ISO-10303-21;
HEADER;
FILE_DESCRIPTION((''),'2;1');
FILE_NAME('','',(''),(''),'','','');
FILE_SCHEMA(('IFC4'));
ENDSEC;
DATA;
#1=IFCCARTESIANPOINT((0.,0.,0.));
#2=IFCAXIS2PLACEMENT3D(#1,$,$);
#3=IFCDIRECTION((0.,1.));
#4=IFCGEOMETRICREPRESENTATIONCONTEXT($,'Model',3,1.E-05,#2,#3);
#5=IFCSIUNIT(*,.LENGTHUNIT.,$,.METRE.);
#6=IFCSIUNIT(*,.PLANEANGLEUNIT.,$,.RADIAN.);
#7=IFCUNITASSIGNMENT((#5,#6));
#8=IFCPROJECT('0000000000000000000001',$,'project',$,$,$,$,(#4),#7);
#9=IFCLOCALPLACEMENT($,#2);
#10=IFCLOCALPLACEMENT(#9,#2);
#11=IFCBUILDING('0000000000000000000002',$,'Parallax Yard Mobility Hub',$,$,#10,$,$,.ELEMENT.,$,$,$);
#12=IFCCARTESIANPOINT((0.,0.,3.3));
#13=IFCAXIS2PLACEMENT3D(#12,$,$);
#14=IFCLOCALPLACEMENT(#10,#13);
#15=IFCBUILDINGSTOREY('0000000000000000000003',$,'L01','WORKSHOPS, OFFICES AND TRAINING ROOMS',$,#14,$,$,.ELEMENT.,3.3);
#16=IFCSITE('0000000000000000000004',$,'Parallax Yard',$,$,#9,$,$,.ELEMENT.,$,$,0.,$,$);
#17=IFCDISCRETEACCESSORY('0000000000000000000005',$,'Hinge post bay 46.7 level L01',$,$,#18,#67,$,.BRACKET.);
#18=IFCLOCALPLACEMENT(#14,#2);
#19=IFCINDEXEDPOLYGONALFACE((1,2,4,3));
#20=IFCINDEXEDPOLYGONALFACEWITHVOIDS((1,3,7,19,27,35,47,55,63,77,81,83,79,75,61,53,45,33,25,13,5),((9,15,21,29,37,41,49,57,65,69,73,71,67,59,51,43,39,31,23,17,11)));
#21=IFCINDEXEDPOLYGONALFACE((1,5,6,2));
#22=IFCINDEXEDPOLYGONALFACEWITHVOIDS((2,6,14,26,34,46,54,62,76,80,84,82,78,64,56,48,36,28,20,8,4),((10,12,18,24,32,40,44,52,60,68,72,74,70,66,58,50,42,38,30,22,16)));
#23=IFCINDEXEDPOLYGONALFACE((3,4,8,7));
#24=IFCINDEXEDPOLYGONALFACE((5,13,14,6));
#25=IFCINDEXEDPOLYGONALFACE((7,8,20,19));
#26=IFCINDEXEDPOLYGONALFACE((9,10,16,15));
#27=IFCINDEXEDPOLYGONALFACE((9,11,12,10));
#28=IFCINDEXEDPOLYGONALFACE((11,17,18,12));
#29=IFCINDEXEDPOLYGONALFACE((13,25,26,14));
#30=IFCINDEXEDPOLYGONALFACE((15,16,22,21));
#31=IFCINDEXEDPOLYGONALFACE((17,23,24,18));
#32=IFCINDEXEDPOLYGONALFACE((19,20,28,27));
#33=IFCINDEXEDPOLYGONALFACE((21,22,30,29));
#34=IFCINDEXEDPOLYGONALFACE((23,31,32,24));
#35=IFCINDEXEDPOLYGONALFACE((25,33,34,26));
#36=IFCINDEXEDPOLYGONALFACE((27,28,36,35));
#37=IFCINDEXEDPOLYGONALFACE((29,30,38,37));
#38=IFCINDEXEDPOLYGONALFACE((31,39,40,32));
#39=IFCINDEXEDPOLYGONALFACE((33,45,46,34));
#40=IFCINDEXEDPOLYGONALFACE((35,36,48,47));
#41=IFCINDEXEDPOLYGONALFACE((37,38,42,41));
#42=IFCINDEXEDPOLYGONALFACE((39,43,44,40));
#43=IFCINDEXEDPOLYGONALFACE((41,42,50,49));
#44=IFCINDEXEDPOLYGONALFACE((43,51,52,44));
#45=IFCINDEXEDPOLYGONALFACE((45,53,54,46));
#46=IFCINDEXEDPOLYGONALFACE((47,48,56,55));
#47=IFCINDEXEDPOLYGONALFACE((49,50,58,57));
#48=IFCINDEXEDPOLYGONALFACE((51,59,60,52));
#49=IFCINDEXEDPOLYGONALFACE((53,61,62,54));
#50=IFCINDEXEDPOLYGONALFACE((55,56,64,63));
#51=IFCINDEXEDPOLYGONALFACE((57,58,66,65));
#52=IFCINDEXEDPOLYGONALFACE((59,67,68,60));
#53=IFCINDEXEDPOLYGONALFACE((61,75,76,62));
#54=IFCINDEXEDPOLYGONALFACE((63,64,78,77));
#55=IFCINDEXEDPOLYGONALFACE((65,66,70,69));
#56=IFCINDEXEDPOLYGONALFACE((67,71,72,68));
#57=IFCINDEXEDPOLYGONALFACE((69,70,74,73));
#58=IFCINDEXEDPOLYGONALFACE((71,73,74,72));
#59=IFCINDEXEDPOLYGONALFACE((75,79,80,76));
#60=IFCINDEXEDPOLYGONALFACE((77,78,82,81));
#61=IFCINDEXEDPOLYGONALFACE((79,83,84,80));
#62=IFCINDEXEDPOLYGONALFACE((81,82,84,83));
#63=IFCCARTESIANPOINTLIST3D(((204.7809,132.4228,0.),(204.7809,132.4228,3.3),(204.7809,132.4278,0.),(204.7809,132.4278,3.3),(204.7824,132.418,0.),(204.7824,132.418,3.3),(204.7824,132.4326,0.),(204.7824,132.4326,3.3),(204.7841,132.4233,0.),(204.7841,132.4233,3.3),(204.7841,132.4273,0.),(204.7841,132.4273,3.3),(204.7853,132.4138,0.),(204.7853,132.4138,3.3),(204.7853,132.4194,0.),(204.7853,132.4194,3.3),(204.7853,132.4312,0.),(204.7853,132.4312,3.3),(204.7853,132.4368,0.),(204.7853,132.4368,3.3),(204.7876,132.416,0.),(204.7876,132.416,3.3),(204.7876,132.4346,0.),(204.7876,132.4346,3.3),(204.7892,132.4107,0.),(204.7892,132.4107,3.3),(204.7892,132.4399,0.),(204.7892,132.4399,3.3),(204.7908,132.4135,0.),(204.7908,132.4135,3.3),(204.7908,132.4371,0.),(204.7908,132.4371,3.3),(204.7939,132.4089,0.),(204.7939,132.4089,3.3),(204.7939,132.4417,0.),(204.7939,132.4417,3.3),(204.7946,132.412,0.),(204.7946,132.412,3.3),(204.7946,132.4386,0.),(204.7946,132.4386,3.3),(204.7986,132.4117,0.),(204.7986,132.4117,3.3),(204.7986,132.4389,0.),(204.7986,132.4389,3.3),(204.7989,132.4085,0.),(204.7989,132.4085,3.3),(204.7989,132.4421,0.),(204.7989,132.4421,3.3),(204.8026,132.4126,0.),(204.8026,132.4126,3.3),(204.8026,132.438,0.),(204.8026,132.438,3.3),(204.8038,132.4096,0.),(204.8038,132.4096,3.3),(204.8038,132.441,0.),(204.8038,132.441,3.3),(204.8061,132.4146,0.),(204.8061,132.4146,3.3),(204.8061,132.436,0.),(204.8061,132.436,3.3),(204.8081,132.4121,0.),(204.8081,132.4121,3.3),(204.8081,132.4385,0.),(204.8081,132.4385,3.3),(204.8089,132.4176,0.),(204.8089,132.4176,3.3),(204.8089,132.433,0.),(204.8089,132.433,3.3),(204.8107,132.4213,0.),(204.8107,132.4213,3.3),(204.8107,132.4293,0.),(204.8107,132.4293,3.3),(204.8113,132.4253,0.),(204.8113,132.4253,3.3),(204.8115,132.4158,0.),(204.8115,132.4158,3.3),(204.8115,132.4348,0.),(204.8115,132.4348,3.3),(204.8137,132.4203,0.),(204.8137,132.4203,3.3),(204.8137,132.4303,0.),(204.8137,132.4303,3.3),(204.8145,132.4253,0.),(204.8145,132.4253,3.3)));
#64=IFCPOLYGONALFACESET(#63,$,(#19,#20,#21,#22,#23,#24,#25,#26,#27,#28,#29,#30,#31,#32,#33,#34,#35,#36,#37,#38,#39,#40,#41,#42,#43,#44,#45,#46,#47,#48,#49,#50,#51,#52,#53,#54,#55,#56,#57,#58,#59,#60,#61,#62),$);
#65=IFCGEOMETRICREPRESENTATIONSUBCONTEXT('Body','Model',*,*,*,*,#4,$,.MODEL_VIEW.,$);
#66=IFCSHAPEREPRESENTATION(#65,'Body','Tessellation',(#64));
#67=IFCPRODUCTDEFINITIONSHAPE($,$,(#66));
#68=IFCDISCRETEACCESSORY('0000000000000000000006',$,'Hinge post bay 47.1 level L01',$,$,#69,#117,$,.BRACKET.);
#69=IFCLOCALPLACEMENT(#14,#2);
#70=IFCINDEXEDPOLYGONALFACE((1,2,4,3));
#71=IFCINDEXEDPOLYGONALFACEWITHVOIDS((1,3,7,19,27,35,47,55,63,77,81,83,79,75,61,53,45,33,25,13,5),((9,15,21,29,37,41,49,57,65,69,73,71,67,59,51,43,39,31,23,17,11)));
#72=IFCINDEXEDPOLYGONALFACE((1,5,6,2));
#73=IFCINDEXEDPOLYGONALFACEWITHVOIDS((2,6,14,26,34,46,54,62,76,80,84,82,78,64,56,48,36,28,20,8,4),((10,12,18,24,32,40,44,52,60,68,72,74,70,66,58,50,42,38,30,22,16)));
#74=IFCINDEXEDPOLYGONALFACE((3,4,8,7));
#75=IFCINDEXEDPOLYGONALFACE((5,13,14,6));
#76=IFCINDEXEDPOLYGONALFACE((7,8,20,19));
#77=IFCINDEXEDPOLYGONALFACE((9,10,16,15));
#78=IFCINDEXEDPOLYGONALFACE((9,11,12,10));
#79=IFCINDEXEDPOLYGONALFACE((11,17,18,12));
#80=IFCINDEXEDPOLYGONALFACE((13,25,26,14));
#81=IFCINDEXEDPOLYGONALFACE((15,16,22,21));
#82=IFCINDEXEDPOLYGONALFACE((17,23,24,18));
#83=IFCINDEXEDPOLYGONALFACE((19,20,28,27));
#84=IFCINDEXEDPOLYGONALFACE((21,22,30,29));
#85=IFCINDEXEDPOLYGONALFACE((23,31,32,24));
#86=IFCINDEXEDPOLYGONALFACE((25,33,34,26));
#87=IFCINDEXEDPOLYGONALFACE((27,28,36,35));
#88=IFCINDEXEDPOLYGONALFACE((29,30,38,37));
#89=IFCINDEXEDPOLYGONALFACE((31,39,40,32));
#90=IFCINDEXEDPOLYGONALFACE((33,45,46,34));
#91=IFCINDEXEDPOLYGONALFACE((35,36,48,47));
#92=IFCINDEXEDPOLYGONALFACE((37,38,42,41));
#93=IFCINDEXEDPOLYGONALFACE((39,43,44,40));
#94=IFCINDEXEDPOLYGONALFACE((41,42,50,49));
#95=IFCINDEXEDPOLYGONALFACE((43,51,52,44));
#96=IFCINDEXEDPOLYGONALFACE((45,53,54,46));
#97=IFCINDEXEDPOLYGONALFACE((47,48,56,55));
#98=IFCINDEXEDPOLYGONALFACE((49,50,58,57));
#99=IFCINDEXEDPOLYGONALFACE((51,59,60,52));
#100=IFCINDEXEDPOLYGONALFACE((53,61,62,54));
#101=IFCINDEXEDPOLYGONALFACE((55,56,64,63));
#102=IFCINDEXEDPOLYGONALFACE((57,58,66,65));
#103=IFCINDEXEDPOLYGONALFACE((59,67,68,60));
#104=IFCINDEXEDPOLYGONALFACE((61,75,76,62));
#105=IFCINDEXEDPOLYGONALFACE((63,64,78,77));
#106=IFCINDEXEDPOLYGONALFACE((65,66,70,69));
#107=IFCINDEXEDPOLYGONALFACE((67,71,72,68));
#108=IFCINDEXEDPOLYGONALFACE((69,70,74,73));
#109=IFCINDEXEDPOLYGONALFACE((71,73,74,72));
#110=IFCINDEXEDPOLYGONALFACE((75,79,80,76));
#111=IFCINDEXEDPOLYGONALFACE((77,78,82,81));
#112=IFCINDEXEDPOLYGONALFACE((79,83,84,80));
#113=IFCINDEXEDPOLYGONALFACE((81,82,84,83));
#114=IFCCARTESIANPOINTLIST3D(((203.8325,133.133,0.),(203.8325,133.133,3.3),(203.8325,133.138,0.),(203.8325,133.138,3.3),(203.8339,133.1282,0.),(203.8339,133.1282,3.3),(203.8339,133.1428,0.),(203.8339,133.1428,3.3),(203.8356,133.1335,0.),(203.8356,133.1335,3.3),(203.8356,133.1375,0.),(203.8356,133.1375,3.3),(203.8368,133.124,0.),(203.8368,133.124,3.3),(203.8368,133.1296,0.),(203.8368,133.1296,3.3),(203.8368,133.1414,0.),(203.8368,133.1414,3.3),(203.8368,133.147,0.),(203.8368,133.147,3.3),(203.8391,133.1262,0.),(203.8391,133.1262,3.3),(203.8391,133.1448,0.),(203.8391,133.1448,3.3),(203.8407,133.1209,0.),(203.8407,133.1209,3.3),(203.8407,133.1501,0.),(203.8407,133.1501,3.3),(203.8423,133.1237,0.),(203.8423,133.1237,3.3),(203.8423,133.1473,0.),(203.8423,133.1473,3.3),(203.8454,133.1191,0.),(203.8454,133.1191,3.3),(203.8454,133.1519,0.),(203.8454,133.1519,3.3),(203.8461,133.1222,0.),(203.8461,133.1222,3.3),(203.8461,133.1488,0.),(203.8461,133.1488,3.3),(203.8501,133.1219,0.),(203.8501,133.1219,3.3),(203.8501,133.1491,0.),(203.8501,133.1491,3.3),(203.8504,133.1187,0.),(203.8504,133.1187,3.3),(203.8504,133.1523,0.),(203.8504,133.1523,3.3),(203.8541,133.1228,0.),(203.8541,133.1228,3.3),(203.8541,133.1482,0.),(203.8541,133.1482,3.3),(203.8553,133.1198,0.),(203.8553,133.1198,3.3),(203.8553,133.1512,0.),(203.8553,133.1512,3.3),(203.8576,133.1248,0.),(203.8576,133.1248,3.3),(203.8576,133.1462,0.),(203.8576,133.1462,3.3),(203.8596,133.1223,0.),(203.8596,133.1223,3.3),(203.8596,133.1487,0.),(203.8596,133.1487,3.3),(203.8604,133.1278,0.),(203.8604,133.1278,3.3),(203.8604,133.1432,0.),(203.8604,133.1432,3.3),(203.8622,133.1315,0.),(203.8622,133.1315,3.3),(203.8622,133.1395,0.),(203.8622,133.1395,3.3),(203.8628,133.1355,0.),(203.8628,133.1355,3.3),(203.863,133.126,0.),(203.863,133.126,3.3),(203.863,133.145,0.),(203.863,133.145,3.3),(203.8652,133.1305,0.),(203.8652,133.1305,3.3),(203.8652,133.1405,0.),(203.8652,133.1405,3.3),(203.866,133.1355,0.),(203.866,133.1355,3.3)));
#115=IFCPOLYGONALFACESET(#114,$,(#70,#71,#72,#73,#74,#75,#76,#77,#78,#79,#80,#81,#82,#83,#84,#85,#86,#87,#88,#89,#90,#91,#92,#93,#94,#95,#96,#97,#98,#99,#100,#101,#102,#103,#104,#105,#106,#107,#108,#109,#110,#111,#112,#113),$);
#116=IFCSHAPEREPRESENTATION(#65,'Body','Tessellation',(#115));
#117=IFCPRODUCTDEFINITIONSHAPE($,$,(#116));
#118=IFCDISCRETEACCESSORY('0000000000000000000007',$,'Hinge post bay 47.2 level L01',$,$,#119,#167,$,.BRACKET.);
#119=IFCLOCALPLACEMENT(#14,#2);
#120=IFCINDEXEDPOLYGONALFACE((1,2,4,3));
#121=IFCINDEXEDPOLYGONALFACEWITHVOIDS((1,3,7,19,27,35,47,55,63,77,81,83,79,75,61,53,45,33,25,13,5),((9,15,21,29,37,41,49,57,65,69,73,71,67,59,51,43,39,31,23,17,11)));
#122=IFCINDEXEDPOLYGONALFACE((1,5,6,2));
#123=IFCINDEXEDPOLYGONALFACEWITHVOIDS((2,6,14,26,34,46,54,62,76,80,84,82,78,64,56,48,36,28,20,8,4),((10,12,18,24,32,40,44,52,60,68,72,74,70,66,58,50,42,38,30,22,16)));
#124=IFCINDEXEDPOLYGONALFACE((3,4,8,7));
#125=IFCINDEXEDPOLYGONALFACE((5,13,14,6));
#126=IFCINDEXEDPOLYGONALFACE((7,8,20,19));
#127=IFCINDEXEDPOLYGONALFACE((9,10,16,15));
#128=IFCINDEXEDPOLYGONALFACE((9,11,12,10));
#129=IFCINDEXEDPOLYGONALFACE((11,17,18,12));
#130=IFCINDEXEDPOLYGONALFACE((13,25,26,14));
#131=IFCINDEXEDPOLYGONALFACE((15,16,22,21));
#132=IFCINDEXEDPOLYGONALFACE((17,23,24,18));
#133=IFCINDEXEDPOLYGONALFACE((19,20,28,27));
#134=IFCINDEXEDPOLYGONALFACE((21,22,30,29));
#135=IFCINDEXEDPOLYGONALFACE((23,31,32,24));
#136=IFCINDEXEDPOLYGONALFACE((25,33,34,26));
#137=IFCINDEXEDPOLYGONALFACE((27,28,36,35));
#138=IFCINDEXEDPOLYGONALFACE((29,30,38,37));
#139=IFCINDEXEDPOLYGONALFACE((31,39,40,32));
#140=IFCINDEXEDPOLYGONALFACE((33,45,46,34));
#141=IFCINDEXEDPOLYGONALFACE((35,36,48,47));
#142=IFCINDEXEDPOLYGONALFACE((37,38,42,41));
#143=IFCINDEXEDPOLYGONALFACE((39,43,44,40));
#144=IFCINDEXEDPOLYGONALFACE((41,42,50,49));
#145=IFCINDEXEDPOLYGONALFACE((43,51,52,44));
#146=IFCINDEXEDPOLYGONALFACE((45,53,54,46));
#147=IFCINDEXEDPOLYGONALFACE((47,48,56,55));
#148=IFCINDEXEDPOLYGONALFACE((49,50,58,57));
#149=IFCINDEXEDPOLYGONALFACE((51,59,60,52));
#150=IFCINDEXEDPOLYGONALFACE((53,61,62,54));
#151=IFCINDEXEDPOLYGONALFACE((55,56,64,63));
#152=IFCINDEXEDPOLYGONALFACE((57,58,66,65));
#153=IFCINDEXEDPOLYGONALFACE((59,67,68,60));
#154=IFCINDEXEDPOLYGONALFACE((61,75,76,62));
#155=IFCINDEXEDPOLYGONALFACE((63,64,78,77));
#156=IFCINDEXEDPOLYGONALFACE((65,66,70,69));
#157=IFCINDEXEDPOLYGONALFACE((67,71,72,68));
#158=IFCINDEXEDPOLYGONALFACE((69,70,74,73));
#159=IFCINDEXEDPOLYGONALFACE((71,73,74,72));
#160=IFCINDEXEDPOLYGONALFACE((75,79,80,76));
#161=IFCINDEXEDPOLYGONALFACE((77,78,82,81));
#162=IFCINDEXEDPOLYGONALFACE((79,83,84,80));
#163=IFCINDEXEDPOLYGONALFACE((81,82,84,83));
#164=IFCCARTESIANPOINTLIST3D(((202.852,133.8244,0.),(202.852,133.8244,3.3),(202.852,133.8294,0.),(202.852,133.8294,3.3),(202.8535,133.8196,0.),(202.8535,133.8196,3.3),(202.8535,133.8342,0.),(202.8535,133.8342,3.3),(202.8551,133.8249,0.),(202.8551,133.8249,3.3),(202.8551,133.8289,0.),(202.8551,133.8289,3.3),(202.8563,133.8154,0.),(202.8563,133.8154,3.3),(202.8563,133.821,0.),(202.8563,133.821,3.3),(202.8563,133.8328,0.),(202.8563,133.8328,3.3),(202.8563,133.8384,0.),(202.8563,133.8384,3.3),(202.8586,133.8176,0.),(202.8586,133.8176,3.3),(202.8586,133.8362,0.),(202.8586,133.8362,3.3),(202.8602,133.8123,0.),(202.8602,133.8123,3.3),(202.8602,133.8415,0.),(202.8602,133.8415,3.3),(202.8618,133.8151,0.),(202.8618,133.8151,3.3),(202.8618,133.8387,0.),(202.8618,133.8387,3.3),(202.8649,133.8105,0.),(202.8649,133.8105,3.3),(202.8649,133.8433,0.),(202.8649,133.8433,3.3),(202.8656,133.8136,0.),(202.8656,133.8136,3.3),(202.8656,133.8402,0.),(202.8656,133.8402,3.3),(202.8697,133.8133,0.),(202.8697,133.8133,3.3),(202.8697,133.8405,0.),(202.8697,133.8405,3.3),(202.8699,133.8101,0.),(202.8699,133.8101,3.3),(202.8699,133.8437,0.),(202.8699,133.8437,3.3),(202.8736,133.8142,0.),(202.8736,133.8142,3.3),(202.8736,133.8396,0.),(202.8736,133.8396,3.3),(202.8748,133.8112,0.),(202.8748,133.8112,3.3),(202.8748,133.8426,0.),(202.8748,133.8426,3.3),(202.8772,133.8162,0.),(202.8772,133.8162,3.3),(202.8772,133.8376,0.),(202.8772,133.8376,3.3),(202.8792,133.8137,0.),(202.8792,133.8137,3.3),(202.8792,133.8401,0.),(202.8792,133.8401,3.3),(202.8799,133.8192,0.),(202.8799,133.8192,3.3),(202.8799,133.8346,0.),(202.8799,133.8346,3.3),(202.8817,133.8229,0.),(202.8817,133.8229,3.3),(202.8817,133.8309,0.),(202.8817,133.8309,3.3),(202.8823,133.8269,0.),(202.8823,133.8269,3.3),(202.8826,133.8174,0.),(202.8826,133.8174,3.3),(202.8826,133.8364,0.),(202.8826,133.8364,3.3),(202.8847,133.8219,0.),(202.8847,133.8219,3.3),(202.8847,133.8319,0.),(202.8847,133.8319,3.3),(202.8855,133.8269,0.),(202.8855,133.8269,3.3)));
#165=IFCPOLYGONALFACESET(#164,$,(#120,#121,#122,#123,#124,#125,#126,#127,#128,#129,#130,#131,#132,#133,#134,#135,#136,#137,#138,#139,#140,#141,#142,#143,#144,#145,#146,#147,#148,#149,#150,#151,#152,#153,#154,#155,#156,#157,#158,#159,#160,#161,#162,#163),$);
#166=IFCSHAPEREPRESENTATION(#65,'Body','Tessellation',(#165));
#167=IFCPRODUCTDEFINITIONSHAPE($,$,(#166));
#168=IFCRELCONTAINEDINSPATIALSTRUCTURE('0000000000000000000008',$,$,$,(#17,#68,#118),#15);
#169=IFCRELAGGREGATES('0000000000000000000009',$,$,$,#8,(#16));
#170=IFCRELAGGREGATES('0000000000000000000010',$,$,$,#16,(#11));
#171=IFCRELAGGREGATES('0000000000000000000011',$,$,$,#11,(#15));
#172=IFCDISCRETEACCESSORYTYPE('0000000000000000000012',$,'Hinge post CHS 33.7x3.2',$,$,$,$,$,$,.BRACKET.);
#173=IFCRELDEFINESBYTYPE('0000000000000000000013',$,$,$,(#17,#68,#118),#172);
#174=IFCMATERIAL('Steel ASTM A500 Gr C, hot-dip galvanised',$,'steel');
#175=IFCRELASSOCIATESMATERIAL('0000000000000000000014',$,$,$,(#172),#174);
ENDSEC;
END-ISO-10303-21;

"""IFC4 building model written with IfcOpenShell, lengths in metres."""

from ifc_helpers import new_model, si_unit, direction, frame, origin, origin_2d, place, context, subcontext, project, spatial, hollow_circle, extrude, material, material_profile, profile_set, type_object, element, save


model = new_model("IFC4")

# Units and contexts
model_context = context("Model", 3, precision=1e-05, world=origin(), true_north=direction((0.0, 1.0)))
body_context = subcontext(model_context, "Body", "Model", "MODEL_VIEW")
ifc_project = project(units=[si_unit("LENGTHUNIT", "METRE"), si_unit("PLANEANGLEUNIT", "RADIAN")], contexts=[model_context])

# Site, building, storey
site_placement = place(None, origin())
site = spatial("IfcSite", under=ifc_project, at=site_placement, Name="Parallax Yard", CompositionType="ELEMENT", RefElevation=0.0)
building_placement = place(site_placement, origin())
building = spatial("IfcBuilding", under=site, at=building_placement, Name="Parallax Yard Mobility Hub", CompositionType="ELEMENT")
storey_placement = place(building_placement, frame((0.0, 0.0, 3.3)))
storey = spatial("IfcBuildingStorey", under=building, at=storey_placement, Name="L01", Description="WORKSHOPS, OFFICES AND TRAINING ROOMS", CompositionType="ELEMENT", Elevation=3.3)

# Discrete accessories
ifc_material_1 = material(Name="Steel ASTM A500 Gr C, hot-dip galvanised", Category="steel")
ifc_material_profile_1 = material_profile(ifc_material_1, hollow_circle(Radius=0.0168, WallThickness=0.0032, at=origin_2d()), Name="CHS 33.7x3.2")
ifc_profile_set_1 = profile_set([ifc_material_profile_1], Name="Steel ASTM A500 Gr C, hot-dip galvanised")
discrete_accessory_type_1 = type_object("IfcDiscreteAccessoryType", Name="Hinge post CHS 33.7x3.2", PredefinedType="BRACKET", material=ifc_profile_set_1)
for number, where, z_axis, x_axis, name in (
    (1, (204.7976, 132.4253, 0.0), (0.0, 0.0, 1.0), (1.0, 0.0, 0.0), "Hinge post bay 46.7 level L01"),
    (2, (203.8491, 133.1355, 0.0), (0.0, 0.0, 1.0), (1.0, 0.0, 0.0), "Hinge post bay 47.1 level L01"),
    (3, (202.8687, 133.8269, 0.0), (0.0, 0.0, 1.0), (1.0, 0.0, 0.0), "Hinge post bay 47.2 level L01"),
):
    element("IfcDiscreteAccessory", number, at=place(storey_placement, frame(where, z_axis=z_axis, x_axis=x_axis)), inside=storey, type_object=discrete_accessory_type_1, Name=name, PredefinedType="BRACKET", context=body_context, shape_type="SweptSolid", body=[
        extrude(hollow_circle(Radius=0.0168, WallThickness=0.0032, at=origin_2d()), origin(), (0.0, 0.0, 1.0), 3.3),
    ])

save(model, "model.ifc")
